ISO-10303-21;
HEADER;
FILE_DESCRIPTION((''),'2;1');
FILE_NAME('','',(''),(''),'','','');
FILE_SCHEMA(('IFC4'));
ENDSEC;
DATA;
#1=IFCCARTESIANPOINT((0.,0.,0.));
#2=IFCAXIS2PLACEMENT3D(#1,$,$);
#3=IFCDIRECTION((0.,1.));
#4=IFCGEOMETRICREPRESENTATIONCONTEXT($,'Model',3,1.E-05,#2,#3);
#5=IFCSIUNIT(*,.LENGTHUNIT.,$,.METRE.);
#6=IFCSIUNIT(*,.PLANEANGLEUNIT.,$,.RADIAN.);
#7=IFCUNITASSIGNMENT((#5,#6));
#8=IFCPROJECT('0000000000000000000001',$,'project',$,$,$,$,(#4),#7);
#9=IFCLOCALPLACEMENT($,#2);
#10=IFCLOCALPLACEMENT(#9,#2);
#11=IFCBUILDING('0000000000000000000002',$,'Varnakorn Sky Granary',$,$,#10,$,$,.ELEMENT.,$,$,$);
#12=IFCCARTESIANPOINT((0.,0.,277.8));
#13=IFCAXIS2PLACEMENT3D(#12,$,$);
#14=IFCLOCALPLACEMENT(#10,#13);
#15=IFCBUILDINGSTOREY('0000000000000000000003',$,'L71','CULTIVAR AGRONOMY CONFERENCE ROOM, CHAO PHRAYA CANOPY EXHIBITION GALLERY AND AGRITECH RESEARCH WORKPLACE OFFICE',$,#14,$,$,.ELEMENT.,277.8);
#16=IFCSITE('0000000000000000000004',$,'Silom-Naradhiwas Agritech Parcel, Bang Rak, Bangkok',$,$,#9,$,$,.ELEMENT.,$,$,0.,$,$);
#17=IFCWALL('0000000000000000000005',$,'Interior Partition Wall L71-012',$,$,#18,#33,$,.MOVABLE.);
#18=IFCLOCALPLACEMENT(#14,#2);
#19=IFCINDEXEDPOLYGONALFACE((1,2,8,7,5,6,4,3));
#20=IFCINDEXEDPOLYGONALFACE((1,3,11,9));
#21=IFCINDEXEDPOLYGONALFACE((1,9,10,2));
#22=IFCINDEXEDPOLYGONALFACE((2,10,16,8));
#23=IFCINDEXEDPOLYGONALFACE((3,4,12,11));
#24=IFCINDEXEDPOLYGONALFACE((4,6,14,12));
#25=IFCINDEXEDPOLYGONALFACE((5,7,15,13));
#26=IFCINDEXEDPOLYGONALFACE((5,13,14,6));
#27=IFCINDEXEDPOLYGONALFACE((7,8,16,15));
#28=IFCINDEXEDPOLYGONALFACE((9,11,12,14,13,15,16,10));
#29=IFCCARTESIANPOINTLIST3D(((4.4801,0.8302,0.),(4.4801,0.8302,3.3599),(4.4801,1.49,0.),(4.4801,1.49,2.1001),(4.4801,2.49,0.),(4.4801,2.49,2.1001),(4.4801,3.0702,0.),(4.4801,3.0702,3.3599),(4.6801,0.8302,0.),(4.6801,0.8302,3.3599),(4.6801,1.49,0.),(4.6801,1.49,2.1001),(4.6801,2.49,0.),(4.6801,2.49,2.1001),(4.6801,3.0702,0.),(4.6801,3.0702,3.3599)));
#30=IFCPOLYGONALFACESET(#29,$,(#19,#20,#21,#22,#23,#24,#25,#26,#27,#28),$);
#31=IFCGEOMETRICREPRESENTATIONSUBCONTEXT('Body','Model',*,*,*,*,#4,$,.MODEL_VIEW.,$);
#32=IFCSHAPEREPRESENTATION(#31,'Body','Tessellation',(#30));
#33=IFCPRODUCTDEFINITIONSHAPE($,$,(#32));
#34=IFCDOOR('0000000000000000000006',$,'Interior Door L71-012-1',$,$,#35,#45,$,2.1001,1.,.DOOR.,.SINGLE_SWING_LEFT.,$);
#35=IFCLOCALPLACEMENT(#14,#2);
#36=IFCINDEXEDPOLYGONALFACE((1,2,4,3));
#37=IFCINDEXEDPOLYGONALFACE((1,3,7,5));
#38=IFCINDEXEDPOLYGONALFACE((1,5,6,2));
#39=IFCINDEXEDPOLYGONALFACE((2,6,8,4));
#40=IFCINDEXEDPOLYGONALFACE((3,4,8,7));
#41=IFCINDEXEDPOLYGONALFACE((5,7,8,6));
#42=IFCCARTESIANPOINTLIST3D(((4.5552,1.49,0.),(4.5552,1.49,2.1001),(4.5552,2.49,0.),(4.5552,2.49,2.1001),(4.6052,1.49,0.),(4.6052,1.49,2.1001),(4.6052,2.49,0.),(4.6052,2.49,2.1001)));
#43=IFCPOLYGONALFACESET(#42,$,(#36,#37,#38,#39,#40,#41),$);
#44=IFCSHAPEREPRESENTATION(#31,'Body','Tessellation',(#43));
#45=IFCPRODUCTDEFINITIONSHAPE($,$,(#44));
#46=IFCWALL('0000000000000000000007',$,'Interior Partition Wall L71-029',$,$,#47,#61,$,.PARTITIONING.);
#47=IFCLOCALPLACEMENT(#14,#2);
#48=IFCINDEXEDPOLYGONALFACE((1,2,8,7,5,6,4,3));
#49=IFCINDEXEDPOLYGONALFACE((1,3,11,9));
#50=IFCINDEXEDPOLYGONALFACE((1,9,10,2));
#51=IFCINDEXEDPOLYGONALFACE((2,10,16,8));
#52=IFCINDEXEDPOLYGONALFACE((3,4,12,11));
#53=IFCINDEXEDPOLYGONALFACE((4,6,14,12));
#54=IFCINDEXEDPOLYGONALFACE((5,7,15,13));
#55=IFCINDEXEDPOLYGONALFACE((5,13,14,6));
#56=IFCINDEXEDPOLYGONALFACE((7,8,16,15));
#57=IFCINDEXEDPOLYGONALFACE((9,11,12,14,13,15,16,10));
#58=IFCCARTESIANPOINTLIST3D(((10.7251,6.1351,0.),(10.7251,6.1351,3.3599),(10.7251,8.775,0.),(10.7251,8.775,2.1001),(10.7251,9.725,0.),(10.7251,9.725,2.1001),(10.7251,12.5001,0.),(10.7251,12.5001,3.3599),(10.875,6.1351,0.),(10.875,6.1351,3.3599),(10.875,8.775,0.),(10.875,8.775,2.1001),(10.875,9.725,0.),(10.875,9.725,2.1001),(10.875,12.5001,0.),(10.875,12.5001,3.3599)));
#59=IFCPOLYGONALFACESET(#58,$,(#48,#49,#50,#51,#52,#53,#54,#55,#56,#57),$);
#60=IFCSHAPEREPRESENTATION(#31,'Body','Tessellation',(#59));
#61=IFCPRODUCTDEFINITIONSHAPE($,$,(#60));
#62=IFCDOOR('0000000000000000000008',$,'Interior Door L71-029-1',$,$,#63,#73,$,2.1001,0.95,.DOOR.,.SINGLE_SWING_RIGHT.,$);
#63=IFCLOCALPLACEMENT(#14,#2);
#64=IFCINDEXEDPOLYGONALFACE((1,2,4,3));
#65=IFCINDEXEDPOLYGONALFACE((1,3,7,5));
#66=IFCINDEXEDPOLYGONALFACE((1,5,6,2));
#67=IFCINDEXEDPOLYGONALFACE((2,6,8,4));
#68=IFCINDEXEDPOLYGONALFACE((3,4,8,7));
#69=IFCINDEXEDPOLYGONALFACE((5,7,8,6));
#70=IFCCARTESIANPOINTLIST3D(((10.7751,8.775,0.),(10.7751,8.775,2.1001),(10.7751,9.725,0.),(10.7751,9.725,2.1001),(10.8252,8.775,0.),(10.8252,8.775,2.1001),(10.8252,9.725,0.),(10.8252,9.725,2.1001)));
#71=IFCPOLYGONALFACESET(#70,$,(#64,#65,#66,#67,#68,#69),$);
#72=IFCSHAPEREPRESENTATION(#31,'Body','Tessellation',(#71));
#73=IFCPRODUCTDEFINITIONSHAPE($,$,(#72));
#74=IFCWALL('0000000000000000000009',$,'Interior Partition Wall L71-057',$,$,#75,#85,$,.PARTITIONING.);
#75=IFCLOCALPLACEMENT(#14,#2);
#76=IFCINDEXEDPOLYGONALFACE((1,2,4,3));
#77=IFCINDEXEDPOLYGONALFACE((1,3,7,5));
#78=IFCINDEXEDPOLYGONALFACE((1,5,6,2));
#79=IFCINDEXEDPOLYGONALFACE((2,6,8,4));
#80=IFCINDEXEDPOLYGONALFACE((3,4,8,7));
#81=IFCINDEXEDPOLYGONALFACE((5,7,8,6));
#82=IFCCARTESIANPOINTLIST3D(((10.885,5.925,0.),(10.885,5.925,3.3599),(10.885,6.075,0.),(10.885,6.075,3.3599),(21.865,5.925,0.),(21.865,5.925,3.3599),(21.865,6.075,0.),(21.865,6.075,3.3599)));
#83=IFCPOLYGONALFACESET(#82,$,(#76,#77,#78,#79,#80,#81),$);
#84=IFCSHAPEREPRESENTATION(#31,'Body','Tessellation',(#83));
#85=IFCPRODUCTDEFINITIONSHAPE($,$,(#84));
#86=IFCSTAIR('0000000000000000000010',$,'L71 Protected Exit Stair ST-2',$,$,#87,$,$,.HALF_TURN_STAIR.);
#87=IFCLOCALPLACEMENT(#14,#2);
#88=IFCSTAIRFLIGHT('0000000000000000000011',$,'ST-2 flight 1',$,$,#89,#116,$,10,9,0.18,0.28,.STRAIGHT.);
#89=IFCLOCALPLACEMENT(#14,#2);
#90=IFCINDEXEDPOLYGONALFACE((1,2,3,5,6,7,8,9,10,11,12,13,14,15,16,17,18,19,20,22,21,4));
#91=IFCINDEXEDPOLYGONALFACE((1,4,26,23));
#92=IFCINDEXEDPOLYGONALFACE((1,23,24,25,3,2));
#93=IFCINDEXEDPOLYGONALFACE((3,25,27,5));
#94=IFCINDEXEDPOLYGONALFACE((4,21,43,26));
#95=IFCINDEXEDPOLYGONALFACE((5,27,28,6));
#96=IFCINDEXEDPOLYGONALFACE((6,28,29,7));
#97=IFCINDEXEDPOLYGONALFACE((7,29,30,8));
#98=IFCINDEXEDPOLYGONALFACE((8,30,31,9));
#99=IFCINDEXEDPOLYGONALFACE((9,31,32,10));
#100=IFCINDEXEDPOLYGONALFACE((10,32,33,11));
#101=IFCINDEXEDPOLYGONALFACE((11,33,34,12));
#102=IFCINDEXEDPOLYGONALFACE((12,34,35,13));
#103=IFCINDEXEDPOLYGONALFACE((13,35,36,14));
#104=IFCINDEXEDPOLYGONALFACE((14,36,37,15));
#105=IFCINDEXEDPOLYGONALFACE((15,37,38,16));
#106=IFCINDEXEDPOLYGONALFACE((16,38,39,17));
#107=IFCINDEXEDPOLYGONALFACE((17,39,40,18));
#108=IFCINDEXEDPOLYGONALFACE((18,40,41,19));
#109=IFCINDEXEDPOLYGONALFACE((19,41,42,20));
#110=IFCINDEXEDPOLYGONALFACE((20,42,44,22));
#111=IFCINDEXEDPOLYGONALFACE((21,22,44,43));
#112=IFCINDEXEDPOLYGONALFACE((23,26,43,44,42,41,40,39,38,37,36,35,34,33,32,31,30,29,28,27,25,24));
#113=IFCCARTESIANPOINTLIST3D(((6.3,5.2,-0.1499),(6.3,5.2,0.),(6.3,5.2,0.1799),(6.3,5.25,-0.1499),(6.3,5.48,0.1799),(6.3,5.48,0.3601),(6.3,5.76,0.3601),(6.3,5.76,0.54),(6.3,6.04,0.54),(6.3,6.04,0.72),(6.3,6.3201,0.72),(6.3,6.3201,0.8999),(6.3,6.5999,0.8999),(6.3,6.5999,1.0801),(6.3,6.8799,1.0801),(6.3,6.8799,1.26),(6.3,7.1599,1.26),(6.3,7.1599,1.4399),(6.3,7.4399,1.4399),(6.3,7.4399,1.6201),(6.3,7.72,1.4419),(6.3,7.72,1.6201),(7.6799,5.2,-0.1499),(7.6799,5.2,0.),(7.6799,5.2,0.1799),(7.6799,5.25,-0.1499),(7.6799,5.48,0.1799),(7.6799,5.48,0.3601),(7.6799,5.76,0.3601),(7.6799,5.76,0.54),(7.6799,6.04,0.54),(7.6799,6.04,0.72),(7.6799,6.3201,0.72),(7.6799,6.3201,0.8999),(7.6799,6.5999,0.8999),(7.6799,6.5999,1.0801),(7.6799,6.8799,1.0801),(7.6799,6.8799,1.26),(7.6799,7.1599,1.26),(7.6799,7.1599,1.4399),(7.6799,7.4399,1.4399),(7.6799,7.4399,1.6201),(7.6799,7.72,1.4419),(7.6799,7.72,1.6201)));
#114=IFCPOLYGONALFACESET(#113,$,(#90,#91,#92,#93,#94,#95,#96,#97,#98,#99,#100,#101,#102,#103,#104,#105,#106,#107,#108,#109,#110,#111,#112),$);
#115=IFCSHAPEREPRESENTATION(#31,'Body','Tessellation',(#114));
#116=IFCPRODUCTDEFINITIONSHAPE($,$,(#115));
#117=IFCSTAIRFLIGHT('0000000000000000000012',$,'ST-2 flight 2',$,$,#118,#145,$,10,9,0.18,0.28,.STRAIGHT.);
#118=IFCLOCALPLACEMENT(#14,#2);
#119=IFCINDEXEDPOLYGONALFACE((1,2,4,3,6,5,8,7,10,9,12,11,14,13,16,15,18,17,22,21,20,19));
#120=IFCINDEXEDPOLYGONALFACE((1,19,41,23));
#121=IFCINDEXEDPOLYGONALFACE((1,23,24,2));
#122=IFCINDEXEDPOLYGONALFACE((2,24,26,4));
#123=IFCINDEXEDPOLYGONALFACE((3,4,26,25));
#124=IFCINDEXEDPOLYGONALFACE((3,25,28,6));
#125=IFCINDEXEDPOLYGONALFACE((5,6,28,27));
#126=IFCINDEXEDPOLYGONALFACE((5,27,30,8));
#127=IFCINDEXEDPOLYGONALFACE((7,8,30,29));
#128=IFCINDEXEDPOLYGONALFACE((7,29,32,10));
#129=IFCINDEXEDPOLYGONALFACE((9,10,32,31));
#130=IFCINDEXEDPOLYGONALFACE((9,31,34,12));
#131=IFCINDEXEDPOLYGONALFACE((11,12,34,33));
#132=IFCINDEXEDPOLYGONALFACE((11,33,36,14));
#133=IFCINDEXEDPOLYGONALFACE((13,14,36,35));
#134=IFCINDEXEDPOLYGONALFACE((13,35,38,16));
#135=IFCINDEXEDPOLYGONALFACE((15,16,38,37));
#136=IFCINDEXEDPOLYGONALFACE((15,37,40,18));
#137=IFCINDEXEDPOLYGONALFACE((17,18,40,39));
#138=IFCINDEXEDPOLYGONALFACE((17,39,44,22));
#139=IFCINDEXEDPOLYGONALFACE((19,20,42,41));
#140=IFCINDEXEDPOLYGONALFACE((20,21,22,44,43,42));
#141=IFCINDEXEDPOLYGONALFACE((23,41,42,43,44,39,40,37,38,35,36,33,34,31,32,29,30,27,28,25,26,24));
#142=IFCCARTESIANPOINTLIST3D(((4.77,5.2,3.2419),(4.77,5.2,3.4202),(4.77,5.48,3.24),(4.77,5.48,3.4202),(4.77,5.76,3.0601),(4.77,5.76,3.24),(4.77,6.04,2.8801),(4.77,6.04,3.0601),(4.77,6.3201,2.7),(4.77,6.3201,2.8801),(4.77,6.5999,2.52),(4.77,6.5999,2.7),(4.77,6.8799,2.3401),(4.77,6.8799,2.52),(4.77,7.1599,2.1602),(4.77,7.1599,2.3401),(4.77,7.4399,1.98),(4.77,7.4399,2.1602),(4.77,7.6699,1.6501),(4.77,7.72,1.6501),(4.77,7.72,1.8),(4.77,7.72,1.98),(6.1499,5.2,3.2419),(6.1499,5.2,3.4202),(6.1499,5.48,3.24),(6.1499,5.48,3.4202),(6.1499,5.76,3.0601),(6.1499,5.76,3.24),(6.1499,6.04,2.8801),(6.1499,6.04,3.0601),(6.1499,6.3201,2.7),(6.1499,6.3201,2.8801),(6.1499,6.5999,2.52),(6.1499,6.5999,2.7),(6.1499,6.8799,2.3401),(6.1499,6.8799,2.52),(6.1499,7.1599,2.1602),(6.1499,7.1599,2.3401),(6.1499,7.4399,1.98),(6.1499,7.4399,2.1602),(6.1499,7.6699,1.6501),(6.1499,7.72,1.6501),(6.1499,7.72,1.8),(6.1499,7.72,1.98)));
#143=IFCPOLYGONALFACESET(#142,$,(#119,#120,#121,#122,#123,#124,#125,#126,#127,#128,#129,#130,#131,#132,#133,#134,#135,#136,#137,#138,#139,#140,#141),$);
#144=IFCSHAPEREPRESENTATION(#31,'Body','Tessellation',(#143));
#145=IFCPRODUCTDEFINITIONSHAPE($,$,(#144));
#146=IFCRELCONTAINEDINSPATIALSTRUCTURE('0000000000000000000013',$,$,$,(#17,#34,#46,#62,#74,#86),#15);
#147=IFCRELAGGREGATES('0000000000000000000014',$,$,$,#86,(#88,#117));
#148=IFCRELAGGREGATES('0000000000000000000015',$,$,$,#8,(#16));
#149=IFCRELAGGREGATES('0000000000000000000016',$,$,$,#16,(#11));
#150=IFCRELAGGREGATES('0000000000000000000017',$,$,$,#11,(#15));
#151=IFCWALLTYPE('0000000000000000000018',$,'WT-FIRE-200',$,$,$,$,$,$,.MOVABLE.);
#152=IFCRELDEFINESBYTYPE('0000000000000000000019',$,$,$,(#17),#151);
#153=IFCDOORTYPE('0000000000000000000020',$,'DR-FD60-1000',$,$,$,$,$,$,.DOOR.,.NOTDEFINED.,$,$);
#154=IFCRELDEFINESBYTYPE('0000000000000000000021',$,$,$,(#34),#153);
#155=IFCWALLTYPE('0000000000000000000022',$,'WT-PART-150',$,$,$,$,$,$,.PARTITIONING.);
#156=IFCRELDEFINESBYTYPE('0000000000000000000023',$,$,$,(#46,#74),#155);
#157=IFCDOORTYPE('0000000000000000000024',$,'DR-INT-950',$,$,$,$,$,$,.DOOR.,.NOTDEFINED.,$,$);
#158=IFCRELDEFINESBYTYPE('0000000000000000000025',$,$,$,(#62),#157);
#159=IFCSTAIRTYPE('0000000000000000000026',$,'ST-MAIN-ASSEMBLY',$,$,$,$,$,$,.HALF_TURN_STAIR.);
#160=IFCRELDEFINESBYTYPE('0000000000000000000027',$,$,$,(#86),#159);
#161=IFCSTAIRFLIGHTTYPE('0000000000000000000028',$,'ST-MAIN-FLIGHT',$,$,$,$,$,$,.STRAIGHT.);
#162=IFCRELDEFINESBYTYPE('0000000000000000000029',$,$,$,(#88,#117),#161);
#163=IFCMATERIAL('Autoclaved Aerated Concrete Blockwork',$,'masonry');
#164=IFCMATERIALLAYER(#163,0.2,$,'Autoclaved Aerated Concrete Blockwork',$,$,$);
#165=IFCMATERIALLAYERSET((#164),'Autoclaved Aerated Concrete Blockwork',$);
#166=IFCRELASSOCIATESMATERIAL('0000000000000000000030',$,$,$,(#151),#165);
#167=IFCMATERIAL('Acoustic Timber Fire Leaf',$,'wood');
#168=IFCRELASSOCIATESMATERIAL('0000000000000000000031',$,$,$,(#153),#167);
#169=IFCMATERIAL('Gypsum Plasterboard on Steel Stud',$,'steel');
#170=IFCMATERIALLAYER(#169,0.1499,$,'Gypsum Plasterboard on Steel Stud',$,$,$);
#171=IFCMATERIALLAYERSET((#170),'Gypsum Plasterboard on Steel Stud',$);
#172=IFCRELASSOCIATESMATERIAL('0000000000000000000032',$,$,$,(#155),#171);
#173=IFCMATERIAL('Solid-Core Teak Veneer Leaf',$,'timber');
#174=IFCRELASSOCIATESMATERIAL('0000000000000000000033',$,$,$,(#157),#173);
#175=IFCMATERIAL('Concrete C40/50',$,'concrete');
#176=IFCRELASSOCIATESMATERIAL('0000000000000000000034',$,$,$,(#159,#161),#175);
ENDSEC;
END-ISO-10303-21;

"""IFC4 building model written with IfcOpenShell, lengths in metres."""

from ifc_helpers import new_model, si_unit, direction, frame, frame_2d, origin, place, context, subcontext, project, spatial, polyline, rectangle, outline, extrude, material, layer, layer_set, type_object, element, fill, aggregate, save


model = new_model("IFC4")

# Units and contexts
model_context = context("Model", 3, precision=1e-05, world=origin(), true_north=direction((0.0, 1.0)))
body_context = subcontext(model_context, "Body", "Model", "MODEL_VIEW")
ifc_project = project(units=[si_unit("LENGTHUNIT", "METRE"), si_unit("PLANEANGLEUNIT", "RADIAN")], contexts=[model_context])

# Site, building, storey
site_placement = place(None, origin())
site = spatial("IfcSite", under=ifc_project, at=site_placement, Name="Silom-Naradhiwas Agritech Parcel, Bang Rak, Bangkok", CompositionType="ELEMENT", RefElevation=0.0)
building_placement = place(site_placement, origin())
building = spatial("IfcBuilding", under=site, at=building_placement, Name="Varnakorn Sky Granary", CompositionType="ELEMENT")
storey_placement = place(building_placement, frame((0.0, 0.0, 277.8)))
storey = spatial("IfcBuildingStorey", under=building, at=storey_placement, Name="L71", Description="CULTIVAR AGRONOMY CONFERENCE ROOM, CHAO PHRAYA CANOPY EXHIBITION GALLERY AND AGRITECH RESEARCH WORKPLACE OFFICE", CompositionType="ELEMENT", Elevation=277.8)

# Walls, openings, doors
ifc_material_1 = material(Name="Autoclaved Aerated Concrete Blockwork", Category="masonry")
ifc_layer_1 = layer(ifc_material_1, 0.2, Name="Autoclaved Aerated Concrete Blockwork")
ifc_layer_set_1 = layer_set([ifc_layer_1], Name="Autoclaved Aerated Concrete Blockwork")
wall_type_1 = type_object("IfcWallType", Name="WT-FIRE-200", PredefinedType="MOVABLE", material=ifc_layer_set_1)
wall_1_placement = place(storey_placement, frame((4.5801, 0.8301, 0.0), z_axis=(0.0, 0.0, 1.0), x_axis=(0.0, 1.0, 0.0)))
wall_1 = element("IfcWall", 1, at=wall_1_placement, inside=storey, type_object=wall_type_1, Name="Interior Partition Wall L71-012", PredefinedType="MOVABLE", context=body_context, shape_type="SweptSolid", body=[
    extrude(rectangle(XDim=2.24, YDim=0.2, at=frame_2d((1.1201, 0.0))), origin(), (0.0, 0.0, 1.0), 3.3599),
])
opening_1_placement = place(wall_1_placement, frame((0.6599, 0.0, 0.0)))
opening_1 = element("IfcOpeningElement", 2, at=opening_1_placement, cuts=wall_1, PredefinedType="OPENING", context=body_context, shape_type="SweptSolid", body=[
    extrude(rectangle(XDim=1.0, YDim=2.1001, at=frame_2d((0.5, 1.05))), frame((0.0, 0.1099, 0.0), z_axis=(0.0, -1.0, 0.0), x_axis=(1.0, 0.0, 0.0)), (0.0, 0.0, 1.0), 0.22),
])
ifc_material_2 = material(Name="Acoustic Timber Fire Leaf", Category="wood")
door_type_1 = type_object("IfcDoorType", Name="DR-FD60-1000", OperationType="NOTDEFINED", PredefinedType="DOOR", material=ifc_material_2)
door_1_placement = place(opening_1_placement, origin())
door_1 = element("IfcDoor", 3, at=door_1_placement, inside=storey, type_object=door_type_1, Name="Interior Door L71-012-1", OperationType="SINGLE_SWING_LEFT", OverallHeight=2.1001, OverallWidth=1.0, PredefinedType="DOOR", context=body_context, shape_type="SweptSolid", body=[
    extrude(rectangle(XDim=1.0, YDim=2.1001, at=frame_2d((0.5, 1.05))), frame((0.0, 0.0249, 0.0), z_axis=(0.0, -1.0, 0.0), x_axis=(1.0, 0.0, 0.0)), (0.0, 0.0, 1.0), 0.05),
])
fill(opening_1, door_1)
ifc_material_3 = material(Name="Gypsum Plasterboard on Steel Stud", Category="steel")
ifc_layer_2 = layer(ifc_material_3, 0.1499, Name="Gypsum Plasterboard on Steel Stud")
ifc_layer_set_2 = layer_set([ifc_layer_2], Name="Gypsum Plasterboard on Steel Stud")
wall_type_2 = type_object("IfcWallType", Name="WT-PART-150", PredefinedType="PARTITIONING", material=ifc_layer_set_2)
wall_2_placement = place(storey_placement, frame((10.8, 6.135, 0.0), z_axis=(0.0, 0.0, 1.0), x_axis=(0.0, 1.0, 0.0)))
wall_2 = element("IfcWall", 4, at=wall_2_placement, inside=storey, type_object=wall_type_2, Name="Interior Partition Wall L71-029", PredefinedType="PARTITIONING", context=body_context, shape_type="SweptSolid", body=[
    extrude(rectangle(XDim=6.365, YDim=0.1499, at=frame_2d((3.1826, 0.0))), origin(), (0.0, 0.0, 1.0), 3.3599),
])
opening_2_placement = place(wall_2_placement, frame((2.6399, 0.0, 0.0)))
opening_2 = element("IfcOpeningElement", 5, at=opening_2_placement, cuts=wall_2, PredefinedType="OPENING", context=body_context, shape_type="SweptSolid", body=[
    extrude(rectangle(XDim=0.95, YDim=2.1001, at=frame_2d((0.4751, 1.05))), frame((0.0, 0.085, 0.0), z_axis=(0.0, -1.0, 0.0), x_axis=(1.0, 0.0, 0.0)), (0.0, 0.0, 1.0), 0.1699),
])
ifc_material_4 = material(Name="Solid-Core Teak Veneer Leaf", Category="timber")
door_type_2 = type_object("IfcDoorType", Name="DR-INT-950", OperationType="NOTDEFINED", PredefinedType="DOOR", material=ifc_material_4)
door_2_placement = place(opening_2_placement, origin())
door_2 = element("IfcDoor", 6, at=door_2_placement, inside=storey, type_object=door_type_2, Name="Interior Door L71-029-1", OperationType="SINGLE_SWING_RIGHT", OverallHeight=2.1001, OverallWidth=0.95, PredefinedType="DOOR", context=body_context, shape_type="SweptSolid", body=[
    extrude(rectangle(XDim=0.95, YDim=2.1001, at=frame_2d((0.4751, 1.05))), frame((0.0, 0.0249, 0.0), z_axis=(0.0, -1.0, 0.0), x_axis=(1.0, 0.0, 0.0)), (0.0, 0.0, 1.0), 0.05),
])
fill(opening_2, door_2)

# Wall
wall_3_placement = place(storey_placement, frame((10.885, 6.0, 0.0), z_axis=(0.0, 0.0, 1.0), x_axis=(1.0, 0.0, 0.0)))
element("IfcWall", 7, at=wall_3_placement, inside=storey, type_object=wall_type_2, Name="Interior Partition Wall L71-057", PredefinedType="PARTITIONING", context=body_context, shape_type="SweptSolid", body=[
    extrude(rectangle(XDim=10.98, YDim=0.1499, at=frame_2d((5.49, 0.0))), origin(), (0.0, 0.0, 1.0), 3.3599),
])

# Stair, stair flights
ifc_material_5 = material(Name="Concrete C40/50", Category="concrete")
stair_type = type_object("IfcStairType", Name="ST-MAIN-ASSEMBLY", PredefinedType="HALF_TURN_STAIR", material=ifc_material_5)
stair_placement = place(storey_placement, origin())
stair = element("IfcStair", 8, at=stair_placement, inside=storey, type_object=stair_type, Name="L71 Protected Exit Stair ST-2", PredefinedType="HALF_TURN_STAIR")
stair_flight_type = type_object("IfcStairFlightType", Name="ST-MAIN-FLIGHT", PredefinedType="STRAIGHT", material=ifc_material_5)
stair_flight_1_placement = place(storey_placement, frame((6.99, 5.2, 0.0), z_axis=(0.0, 0.0, 1.0), x_axis=(0.0, 1.0, 0.0)))
stair_flight_1 = element("IfcStairFlight", 9, at=stair_flight_1_placement, type_object=stair_flight_type, Name="ST-2 flight 1", NumberOfRisers=10, NumberOfTreads=9, PredefinedType="STRAIGHT", RiserHeight=0.18, TreadLength=0.28, context=body_context, shape_type="SweptSolid", body=[
    extrude(outline(polyline([(0.0, -0.1499), (0.0, 0.0), (0.0, 0.1799), (0.28, 0.1799), (0.28, 0.3601), (0.5601, 0.3601), (0.5601, 0.54), (0.8401, 0.54), (0.8401, 0.72), (1.1201, 0.72), (1.1201, 0.8999), (1.3999, 0.8999), (1.3999, 1.0801), (1.6799, 1.0801), (1.6799, 1.26), (1.96, 1.26), (1.96, 1.4399), (2.24, 1.4399), (2.24, 1.6201), (2.52, 1.6201), (2.52, 1.8), (2.52, 1.4419), (0.05, -0.1499), (0.0, -0.1499)])), frame((0.0, 0.6899, 0.0), z_axis=(0.0, -1.0, 0.0), x_axis=(1.0, 0.0, 0.0)), (0.0, 0.0, 1.0), 1.3799),
])
stair_flight_2_placement = place(storey_placement, frame((5.46, 7.72, 1.8), z_axis=(0.0, 0.0, 1.0), x_axis=(0.0, -1.0, 0.0)))
stair_flight_2 = element("IfcStairFlight", 10, at=stair_flight_2_placement, type_object=stair_flight_type, Name="ST-2 flight 2", NumberOfRisers=10, NumberOfTreads=9, PredefinedType="STRAIGHT", RiserHeight=0.18, TreadLength=0.28, context=body_context, shape_type="SweptSolid", body=[
    extrude(outline(polyline([(0.0, -0.1499), (0.0, 0.0), (0.0, 0.1799), (0.28, 0.1799), (0.28, 0.3601), (0.5601, 0.3601), (0.5601, 0.54), (0.8401, 0.54), (0.8401, 0.72), (1.1201, 0.72), (1.1201, 0.8999), (1.3999, 0.8999), (1.3999, 1.0801), (1.6799, 1.0801), (1.6799, 1.26), (1.96, 1.26), (1.96, 1.4399), (2.24, 1.4399), (2.24, 1.6201), (2.52, 1.6201), (2.52, 1.8), (2.52, 1.4419), (0.05, -0.1499), (0.0, -0.1499)])), frame((0.0, 0.6899, 0.0), z_axis=(0.0, -1.0, 0.0), x_axis=(1.0, 0.0, 0.0)), (0.0, 0.0, 1.0), 1.3799),
])
aggregate(stair, [stair_flight_1, stair_flight_2])

save(model, "model.ifc")
